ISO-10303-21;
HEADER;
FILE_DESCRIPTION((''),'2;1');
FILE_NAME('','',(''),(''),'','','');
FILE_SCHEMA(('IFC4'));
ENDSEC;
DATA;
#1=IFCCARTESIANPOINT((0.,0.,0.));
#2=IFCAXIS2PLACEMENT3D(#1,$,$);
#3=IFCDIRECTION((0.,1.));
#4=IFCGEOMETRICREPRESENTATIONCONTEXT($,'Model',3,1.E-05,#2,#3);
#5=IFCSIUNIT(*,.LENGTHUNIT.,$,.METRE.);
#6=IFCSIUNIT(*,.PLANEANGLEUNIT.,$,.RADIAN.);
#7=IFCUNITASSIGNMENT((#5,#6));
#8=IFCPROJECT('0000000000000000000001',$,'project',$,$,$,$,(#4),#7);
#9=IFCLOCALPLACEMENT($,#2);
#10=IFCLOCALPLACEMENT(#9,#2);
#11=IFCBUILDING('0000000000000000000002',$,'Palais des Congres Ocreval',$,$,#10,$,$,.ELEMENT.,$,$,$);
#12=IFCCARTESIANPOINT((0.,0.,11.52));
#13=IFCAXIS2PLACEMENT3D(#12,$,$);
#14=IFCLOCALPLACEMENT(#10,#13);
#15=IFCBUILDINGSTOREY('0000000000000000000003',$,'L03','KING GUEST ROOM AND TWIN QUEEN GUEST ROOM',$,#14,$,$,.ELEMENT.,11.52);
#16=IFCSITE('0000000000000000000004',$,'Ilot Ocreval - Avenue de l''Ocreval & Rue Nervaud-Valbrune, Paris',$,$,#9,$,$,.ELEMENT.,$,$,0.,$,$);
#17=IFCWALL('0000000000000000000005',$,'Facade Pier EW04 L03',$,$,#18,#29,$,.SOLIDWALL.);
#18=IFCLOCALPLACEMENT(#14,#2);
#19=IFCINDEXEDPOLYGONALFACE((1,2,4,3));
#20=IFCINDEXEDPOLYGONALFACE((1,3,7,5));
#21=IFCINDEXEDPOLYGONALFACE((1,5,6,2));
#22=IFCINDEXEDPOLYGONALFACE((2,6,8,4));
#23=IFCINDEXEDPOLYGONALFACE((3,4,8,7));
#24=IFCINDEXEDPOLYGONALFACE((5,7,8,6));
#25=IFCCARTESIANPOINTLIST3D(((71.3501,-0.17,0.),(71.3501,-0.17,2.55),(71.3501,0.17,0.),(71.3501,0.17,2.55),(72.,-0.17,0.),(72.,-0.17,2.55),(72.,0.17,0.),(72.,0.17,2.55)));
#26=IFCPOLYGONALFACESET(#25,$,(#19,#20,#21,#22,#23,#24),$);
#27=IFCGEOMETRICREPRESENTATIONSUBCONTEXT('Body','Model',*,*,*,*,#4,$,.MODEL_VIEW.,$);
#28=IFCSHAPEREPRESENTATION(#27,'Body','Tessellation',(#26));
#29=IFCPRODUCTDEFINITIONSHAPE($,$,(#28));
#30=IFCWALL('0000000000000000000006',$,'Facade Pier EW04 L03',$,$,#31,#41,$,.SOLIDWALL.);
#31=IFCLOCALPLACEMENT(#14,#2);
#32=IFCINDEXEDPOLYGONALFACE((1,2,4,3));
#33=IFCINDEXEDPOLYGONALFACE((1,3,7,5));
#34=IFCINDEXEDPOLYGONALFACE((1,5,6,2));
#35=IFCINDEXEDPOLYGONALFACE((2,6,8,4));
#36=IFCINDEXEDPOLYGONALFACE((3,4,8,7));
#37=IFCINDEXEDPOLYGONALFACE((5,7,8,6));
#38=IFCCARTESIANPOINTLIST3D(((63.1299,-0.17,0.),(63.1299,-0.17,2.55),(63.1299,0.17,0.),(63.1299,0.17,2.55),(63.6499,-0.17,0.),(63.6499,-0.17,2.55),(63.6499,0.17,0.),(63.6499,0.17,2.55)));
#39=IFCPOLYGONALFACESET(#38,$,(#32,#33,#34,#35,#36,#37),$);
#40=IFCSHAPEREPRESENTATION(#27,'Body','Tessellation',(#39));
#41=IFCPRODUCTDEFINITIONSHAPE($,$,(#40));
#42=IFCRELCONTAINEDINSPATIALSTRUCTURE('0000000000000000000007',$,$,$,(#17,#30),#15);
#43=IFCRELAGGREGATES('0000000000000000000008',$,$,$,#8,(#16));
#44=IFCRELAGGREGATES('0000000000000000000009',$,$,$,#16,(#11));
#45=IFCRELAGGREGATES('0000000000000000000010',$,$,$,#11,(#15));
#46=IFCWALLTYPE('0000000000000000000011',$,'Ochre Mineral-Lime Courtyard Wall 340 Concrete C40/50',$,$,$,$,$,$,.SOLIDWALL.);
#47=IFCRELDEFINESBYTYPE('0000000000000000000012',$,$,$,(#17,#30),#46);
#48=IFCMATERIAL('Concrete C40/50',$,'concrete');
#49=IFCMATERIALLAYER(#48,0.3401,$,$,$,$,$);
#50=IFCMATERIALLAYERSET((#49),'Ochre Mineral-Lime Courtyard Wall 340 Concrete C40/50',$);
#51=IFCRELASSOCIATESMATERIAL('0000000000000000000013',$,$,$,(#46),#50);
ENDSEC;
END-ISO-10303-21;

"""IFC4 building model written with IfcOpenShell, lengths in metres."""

from ifc_helpers import new_model, si_unit, direction, frame, frame_2d, origin, place, context, subcontext, project, spatial, rectangle, extrude, material, layer, layer_set, type_object, element, save


model = new_model("IFC4")

# Units and contexts
model_context = context("Model", 3, precision=1e-05, world=origin(), true_north=direction((0.0, 1.0)))
body_context = subcontext(model_context, "Body", "Model", "MODEL_VIEW")
ifc_project = project(units=[si_unit("LENGTHUNIT", "METRE"), si_unit("PLANEANGLEUNIT", "RADIAN")], contexts=[model_context])

# Site, building, storey
site_placement = place(None, origin())
site = spatial("IfcSite", under=ifc_project, at=site_placement, Name="Ilot Ocreval - Avenue de l'Ocreval & Rue Nervaud-Valbrune, Paris", CompositionType="ELEMENT", RefElevation=0.0)
building_placement = place(site_placement, origin())
building = spatial("IfcBuilding", under=site, at=building_placement, Name="Palais des Congres Ocreval", CompositionType="ELEMENT")
storey_placement = place(building_placement, frame((0.0, 0.0, 11.52)))
storey = spatial("IfcBuildingStorey", under=building, at=storey_placement, Name="L03", Description="KING GUEST ROOM AND TWIN QUEEN GUEST ROOM", CompositionType="ELEMENT", Elevation=11.52)

# Walls
ifc_material_1 = material(Name="Concrete C40/50", Category="concrete")
ifc_layer_1 = layer(ifc_material_1, 0.3401)
ifc_layer_set_1 = layer_set([ifc_layer_1], Name="Ochre Mineral-Lime Courtyard Wall 340 Concrete C40/50")
wall_type_1 = type_object("IfcWallType", Name="Ochre Mineral-Lime Courtyard Wall 340 Concrete C40/50", PredefinedType="SOLIDWALL", material=ifc_layer_set_1)
wall_1_placement = place(storey_placement, frame((72.0, 0.0, 0.0), z_axis=(0.0, 0.0, 1.0), x_axis=(-1.0, 0.0, 0.0)))
element("IfcWall", 1, at=wall_1_placement, inside=storey, type_object=wall_type_1, Name="Facade Pier EW04 L03", PredefinedType="SOLIDWALL", context=body_context, shape_type="SweptSolid", body=[
    extrude(rectangle(XDim=0.6499, YDim=0.3401, at=frame_2d((0.325, 0.0))), origin(), (0.0, 0.0, 1.0), 2.55),
])
wall_2_placement = place(storey_placement, frame((63.6499, 0.0, 0.0), z_axis=(0.0, 0.0, 1.0), x_axis=(-1.0, 0.0, 0.0)))
element("IfcWall", 2, at=wall_2_placement, inside=storey, type_object=wall_type_1, Name="Facade Pier EW04 L03", PredefinedType="SOLIDWALL", context=body_context, shape_type="SweptSolid", body=[
    extrude(rectangle(XDim=0.52, YDim=0.3401, at=frame_2d((0.26, 0.0))), origin(), (0.0, 0.0, 1.0), 2.55),
])

save(model, "model.ifc")
